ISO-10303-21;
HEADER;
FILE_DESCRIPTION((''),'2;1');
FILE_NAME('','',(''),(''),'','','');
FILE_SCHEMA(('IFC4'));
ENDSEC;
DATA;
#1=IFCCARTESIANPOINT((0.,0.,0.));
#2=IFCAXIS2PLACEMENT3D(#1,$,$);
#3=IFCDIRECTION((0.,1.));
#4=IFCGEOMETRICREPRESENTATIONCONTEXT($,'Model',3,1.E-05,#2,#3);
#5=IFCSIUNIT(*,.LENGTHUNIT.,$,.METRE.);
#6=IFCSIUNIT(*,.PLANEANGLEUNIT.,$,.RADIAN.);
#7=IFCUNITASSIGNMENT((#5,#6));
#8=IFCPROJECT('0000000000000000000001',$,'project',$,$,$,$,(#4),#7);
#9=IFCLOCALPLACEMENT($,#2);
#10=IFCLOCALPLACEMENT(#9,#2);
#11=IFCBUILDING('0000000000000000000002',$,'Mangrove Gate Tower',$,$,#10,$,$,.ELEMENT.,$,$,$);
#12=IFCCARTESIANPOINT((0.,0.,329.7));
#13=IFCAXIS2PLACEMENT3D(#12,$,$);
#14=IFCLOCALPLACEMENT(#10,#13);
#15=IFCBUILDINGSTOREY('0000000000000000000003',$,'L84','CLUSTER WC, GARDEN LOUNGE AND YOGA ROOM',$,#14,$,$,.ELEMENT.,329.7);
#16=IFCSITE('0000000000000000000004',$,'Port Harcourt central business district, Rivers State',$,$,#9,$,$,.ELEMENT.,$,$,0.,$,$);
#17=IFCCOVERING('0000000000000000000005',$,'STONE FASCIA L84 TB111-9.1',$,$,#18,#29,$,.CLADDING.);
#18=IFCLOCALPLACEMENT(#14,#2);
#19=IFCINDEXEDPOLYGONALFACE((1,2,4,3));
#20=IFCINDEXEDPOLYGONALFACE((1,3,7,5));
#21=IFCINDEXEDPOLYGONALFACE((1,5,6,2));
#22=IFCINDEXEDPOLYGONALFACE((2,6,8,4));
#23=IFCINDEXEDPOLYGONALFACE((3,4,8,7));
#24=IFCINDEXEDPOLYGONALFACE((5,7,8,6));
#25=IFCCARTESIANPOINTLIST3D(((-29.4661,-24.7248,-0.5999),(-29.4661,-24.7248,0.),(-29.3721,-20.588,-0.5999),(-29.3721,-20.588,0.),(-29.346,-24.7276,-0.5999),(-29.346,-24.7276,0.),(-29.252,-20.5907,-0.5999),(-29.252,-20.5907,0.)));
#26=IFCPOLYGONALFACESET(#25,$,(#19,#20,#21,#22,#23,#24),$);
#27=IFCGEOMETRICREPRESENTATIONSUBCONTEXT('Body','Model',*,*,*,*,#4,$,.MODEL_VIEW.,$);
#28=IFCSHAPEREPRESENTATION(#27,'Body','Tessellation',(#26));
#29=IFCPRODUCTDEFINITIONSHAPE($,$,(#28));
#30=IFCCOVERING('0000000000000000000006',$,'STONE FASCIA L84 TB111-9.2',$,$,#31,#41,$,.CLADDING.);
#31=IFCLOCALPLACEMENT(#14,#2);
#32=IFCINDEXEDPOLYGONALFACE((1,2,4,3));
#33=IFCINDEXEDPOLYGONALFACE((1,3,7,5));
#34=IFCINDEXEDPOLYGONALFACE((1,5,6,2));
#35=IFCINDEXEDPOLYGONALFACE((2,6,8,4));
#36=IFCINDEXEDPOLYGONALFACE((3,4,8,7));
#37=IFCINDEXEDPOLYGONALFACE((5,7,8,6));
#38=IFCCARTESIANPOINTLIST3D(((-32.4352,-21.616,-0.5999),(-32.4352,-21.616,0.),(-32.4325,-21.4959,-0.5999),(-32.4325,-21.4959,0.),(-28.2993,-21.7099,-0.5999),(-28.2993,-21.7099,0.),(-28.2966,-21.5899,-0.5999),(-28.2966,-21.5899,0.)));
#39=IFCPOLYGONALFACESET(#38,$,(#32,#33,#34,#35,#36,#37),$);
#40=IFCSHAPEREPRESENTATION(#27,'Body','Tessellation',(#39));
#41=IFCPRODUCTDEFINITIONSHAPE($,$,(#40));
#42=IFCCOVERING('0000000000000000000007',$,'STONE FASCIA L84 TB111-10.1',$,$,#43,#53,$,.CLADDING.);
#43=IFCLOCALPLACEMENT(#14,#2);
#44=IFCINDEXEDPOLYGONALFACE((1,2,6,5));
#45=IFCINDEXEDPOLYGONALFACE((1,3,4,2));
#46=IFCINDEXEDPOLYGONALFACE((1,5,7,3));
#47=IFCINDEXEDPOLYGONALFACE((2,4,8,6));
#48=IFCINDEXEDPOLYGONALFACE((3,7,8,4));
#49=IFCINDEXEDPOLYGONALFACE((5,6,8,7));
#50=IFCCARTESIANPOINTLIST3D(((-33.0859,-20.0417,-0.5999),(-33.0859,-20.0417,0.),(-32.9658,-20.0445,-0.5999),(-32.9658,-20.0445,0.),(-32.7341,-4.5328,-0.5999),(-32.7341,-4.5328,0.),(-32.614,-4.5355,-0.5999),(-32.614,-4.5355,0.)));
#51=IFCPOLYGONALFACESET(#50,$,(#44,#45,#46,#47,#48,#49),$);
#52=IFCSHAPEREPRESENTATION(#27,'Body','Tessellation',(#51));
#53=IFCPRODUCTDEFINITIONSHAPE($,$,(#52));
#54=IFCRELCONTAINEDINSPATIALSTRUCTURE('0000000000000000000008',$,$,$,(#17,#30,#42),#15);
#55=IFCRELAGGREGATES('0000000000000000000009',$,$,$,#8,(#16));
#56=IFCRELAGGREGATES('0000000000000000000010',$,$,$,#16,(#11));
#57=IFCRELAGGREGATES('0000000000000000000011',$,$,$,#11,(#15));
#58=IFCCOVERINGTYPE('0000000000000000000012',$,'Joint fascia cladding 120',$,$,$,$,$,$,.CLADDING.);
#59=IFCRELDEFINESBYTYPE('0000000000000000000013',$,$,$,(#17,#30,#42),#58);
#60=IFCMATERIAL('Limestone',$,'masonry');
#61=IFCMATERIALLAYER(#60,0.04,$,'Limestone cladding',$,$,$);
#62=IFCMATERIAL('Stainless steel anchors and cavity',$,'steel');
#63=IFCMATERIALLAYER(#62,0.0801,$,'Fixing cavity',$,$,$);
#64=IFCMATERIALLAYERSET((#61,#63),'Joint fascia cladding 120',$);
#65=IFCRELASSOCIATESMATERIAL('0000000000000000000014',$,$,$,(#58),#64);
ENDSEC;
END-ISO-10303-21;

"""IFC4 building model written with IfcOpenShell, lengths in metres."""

from ifc_helpers import new_model, si_unit, direction, frame, frame_2d, origin, place, context, subcontext, project, spatial, rectangle, extrude, material, layer, layer_set, type_object, element, save


model = new_model("IFC4")

# Units and contexts
model_context = context("Model", 3, precision=1e-05, world=origin(), true_north=direction((0.0, 1.0)))
body_context = subcontext(model_context, "Body", "Model", "MODEL_VIEW")
ifc_project = project(units=[si_unit("LENGTHUNIT", "METRE"), si_unit("PLANEANGLEUNIT", "RADIAN")], contexts=[model_context])

# Site, building, storey
site_placement = place(None, origin())
site = spatial("IfcSite", under=ifc_project, at=site_placement, Name="Port Harcourt central business district, Rivers State", CompositionType="ELEMENT", RefElevation=0.0)
building_placement = place(site_placement, origin())
building = spatial("IfcBuilding", under=site, at=building_placement, Name="Mangrove Gate Tower", CompositionType="ELEMENT")
storey_placement = place(building_placement, frame((0.0, 0.0, 329.7)))
storey = spatial("IfcBuildingStorey", under=building, at=storey_placement, Name="L84", Description="CLUSTER WC, GARDEN LOUNGE AND YOGA ROOM", CompositionType="ELEMENT", Elevation=329.7)

# Shared definitions
ifc_material_1 = material(Name="Limestone", Category="masonry")

# Coverings
ifc_layer_1 = layer(ifc_material_1, 0.04, Name="Limestone cladding")
ifc_material_2 = material(Name="Stainless steel anchors and cavity", Category="steel")
ifc_layer_2 = layer(ifc_material_2, 0.0801, Name="Fixing cavity")
ifc_layer_set_1 = layer_set([ifc_layer_1, ifc_layer_2], Name="Joint fascia cladding 120")
covering_type = type_object("IfcCoveringType", Name="Joint fascia cladding 120", PredefinedType="CLADDING", material=ifc_layer_set_1)
covering_1_placement = place(storey_placement, frame((-29.406, -24.7261, -0.5999), z_axis=(0.0, 0.0, 1.0), x_axis=(0.022715, 0.999742, 0.0)))
element("IfcCovering", 1, at=covering_1_placement, inside=storey, type_object=covering_type, Name="STONE FASCIA L84 TB111-9.1", PredefinedType="CLADDING", context=body_context, shape_type="SweptSolid", body=[
    extrude(rectangle(XDim=4.1379, YDim=0.1201, at=frame_2d((2.0688, 0.0))), origin(), (0.0, 0.0, 1.0), 0.5999),
])
covering_2_placement = place(storey_placement, frame((-28.2981, -21.6499, -0.5999), z_axis=(0.0, 0.0, 1.0), x_axis=(-0.999742, 0.02272, 0.0)))
element("IfcCovering", 2, at=covering_2_placement, inside=storey, type_object=covering_type, Name="STONE FASCIA L84 TB111-9.2", PredefinedType="CLADDING", context=body_context, shape_type="SweptSolid", body=[
    extrude(rectangle(XDim=4.137, YDim=0.1201, at=frame_2d((2.0684, 0.0))), origin(), (0.0, 0.0, 1.0), 0.5999),
])
covering_3_placement = place(storey_placement, frame((-33.0259, -20.043, -0.5999), z_axis=(0.0, 0.0, 1.0), x_axis=(0.022678, 0.999743, 0.0)))
element("IfcCovering", 3, at=covering_3_placement, inside=storey, type_object=covering_type, Name="STONE FASCIA L84 TB111-10.1", PredefinedType="CLADDING", context=body_context, shape_type="SweptSolid", body=[
    extrude(rectangle(XDim=15.5129, YDim=0.1201, at=frame_2d((7.7563, 0.0))), origin(), (0.0, 0.0, 1.0), 0.5999),
])

save(model, "model.ifc")
